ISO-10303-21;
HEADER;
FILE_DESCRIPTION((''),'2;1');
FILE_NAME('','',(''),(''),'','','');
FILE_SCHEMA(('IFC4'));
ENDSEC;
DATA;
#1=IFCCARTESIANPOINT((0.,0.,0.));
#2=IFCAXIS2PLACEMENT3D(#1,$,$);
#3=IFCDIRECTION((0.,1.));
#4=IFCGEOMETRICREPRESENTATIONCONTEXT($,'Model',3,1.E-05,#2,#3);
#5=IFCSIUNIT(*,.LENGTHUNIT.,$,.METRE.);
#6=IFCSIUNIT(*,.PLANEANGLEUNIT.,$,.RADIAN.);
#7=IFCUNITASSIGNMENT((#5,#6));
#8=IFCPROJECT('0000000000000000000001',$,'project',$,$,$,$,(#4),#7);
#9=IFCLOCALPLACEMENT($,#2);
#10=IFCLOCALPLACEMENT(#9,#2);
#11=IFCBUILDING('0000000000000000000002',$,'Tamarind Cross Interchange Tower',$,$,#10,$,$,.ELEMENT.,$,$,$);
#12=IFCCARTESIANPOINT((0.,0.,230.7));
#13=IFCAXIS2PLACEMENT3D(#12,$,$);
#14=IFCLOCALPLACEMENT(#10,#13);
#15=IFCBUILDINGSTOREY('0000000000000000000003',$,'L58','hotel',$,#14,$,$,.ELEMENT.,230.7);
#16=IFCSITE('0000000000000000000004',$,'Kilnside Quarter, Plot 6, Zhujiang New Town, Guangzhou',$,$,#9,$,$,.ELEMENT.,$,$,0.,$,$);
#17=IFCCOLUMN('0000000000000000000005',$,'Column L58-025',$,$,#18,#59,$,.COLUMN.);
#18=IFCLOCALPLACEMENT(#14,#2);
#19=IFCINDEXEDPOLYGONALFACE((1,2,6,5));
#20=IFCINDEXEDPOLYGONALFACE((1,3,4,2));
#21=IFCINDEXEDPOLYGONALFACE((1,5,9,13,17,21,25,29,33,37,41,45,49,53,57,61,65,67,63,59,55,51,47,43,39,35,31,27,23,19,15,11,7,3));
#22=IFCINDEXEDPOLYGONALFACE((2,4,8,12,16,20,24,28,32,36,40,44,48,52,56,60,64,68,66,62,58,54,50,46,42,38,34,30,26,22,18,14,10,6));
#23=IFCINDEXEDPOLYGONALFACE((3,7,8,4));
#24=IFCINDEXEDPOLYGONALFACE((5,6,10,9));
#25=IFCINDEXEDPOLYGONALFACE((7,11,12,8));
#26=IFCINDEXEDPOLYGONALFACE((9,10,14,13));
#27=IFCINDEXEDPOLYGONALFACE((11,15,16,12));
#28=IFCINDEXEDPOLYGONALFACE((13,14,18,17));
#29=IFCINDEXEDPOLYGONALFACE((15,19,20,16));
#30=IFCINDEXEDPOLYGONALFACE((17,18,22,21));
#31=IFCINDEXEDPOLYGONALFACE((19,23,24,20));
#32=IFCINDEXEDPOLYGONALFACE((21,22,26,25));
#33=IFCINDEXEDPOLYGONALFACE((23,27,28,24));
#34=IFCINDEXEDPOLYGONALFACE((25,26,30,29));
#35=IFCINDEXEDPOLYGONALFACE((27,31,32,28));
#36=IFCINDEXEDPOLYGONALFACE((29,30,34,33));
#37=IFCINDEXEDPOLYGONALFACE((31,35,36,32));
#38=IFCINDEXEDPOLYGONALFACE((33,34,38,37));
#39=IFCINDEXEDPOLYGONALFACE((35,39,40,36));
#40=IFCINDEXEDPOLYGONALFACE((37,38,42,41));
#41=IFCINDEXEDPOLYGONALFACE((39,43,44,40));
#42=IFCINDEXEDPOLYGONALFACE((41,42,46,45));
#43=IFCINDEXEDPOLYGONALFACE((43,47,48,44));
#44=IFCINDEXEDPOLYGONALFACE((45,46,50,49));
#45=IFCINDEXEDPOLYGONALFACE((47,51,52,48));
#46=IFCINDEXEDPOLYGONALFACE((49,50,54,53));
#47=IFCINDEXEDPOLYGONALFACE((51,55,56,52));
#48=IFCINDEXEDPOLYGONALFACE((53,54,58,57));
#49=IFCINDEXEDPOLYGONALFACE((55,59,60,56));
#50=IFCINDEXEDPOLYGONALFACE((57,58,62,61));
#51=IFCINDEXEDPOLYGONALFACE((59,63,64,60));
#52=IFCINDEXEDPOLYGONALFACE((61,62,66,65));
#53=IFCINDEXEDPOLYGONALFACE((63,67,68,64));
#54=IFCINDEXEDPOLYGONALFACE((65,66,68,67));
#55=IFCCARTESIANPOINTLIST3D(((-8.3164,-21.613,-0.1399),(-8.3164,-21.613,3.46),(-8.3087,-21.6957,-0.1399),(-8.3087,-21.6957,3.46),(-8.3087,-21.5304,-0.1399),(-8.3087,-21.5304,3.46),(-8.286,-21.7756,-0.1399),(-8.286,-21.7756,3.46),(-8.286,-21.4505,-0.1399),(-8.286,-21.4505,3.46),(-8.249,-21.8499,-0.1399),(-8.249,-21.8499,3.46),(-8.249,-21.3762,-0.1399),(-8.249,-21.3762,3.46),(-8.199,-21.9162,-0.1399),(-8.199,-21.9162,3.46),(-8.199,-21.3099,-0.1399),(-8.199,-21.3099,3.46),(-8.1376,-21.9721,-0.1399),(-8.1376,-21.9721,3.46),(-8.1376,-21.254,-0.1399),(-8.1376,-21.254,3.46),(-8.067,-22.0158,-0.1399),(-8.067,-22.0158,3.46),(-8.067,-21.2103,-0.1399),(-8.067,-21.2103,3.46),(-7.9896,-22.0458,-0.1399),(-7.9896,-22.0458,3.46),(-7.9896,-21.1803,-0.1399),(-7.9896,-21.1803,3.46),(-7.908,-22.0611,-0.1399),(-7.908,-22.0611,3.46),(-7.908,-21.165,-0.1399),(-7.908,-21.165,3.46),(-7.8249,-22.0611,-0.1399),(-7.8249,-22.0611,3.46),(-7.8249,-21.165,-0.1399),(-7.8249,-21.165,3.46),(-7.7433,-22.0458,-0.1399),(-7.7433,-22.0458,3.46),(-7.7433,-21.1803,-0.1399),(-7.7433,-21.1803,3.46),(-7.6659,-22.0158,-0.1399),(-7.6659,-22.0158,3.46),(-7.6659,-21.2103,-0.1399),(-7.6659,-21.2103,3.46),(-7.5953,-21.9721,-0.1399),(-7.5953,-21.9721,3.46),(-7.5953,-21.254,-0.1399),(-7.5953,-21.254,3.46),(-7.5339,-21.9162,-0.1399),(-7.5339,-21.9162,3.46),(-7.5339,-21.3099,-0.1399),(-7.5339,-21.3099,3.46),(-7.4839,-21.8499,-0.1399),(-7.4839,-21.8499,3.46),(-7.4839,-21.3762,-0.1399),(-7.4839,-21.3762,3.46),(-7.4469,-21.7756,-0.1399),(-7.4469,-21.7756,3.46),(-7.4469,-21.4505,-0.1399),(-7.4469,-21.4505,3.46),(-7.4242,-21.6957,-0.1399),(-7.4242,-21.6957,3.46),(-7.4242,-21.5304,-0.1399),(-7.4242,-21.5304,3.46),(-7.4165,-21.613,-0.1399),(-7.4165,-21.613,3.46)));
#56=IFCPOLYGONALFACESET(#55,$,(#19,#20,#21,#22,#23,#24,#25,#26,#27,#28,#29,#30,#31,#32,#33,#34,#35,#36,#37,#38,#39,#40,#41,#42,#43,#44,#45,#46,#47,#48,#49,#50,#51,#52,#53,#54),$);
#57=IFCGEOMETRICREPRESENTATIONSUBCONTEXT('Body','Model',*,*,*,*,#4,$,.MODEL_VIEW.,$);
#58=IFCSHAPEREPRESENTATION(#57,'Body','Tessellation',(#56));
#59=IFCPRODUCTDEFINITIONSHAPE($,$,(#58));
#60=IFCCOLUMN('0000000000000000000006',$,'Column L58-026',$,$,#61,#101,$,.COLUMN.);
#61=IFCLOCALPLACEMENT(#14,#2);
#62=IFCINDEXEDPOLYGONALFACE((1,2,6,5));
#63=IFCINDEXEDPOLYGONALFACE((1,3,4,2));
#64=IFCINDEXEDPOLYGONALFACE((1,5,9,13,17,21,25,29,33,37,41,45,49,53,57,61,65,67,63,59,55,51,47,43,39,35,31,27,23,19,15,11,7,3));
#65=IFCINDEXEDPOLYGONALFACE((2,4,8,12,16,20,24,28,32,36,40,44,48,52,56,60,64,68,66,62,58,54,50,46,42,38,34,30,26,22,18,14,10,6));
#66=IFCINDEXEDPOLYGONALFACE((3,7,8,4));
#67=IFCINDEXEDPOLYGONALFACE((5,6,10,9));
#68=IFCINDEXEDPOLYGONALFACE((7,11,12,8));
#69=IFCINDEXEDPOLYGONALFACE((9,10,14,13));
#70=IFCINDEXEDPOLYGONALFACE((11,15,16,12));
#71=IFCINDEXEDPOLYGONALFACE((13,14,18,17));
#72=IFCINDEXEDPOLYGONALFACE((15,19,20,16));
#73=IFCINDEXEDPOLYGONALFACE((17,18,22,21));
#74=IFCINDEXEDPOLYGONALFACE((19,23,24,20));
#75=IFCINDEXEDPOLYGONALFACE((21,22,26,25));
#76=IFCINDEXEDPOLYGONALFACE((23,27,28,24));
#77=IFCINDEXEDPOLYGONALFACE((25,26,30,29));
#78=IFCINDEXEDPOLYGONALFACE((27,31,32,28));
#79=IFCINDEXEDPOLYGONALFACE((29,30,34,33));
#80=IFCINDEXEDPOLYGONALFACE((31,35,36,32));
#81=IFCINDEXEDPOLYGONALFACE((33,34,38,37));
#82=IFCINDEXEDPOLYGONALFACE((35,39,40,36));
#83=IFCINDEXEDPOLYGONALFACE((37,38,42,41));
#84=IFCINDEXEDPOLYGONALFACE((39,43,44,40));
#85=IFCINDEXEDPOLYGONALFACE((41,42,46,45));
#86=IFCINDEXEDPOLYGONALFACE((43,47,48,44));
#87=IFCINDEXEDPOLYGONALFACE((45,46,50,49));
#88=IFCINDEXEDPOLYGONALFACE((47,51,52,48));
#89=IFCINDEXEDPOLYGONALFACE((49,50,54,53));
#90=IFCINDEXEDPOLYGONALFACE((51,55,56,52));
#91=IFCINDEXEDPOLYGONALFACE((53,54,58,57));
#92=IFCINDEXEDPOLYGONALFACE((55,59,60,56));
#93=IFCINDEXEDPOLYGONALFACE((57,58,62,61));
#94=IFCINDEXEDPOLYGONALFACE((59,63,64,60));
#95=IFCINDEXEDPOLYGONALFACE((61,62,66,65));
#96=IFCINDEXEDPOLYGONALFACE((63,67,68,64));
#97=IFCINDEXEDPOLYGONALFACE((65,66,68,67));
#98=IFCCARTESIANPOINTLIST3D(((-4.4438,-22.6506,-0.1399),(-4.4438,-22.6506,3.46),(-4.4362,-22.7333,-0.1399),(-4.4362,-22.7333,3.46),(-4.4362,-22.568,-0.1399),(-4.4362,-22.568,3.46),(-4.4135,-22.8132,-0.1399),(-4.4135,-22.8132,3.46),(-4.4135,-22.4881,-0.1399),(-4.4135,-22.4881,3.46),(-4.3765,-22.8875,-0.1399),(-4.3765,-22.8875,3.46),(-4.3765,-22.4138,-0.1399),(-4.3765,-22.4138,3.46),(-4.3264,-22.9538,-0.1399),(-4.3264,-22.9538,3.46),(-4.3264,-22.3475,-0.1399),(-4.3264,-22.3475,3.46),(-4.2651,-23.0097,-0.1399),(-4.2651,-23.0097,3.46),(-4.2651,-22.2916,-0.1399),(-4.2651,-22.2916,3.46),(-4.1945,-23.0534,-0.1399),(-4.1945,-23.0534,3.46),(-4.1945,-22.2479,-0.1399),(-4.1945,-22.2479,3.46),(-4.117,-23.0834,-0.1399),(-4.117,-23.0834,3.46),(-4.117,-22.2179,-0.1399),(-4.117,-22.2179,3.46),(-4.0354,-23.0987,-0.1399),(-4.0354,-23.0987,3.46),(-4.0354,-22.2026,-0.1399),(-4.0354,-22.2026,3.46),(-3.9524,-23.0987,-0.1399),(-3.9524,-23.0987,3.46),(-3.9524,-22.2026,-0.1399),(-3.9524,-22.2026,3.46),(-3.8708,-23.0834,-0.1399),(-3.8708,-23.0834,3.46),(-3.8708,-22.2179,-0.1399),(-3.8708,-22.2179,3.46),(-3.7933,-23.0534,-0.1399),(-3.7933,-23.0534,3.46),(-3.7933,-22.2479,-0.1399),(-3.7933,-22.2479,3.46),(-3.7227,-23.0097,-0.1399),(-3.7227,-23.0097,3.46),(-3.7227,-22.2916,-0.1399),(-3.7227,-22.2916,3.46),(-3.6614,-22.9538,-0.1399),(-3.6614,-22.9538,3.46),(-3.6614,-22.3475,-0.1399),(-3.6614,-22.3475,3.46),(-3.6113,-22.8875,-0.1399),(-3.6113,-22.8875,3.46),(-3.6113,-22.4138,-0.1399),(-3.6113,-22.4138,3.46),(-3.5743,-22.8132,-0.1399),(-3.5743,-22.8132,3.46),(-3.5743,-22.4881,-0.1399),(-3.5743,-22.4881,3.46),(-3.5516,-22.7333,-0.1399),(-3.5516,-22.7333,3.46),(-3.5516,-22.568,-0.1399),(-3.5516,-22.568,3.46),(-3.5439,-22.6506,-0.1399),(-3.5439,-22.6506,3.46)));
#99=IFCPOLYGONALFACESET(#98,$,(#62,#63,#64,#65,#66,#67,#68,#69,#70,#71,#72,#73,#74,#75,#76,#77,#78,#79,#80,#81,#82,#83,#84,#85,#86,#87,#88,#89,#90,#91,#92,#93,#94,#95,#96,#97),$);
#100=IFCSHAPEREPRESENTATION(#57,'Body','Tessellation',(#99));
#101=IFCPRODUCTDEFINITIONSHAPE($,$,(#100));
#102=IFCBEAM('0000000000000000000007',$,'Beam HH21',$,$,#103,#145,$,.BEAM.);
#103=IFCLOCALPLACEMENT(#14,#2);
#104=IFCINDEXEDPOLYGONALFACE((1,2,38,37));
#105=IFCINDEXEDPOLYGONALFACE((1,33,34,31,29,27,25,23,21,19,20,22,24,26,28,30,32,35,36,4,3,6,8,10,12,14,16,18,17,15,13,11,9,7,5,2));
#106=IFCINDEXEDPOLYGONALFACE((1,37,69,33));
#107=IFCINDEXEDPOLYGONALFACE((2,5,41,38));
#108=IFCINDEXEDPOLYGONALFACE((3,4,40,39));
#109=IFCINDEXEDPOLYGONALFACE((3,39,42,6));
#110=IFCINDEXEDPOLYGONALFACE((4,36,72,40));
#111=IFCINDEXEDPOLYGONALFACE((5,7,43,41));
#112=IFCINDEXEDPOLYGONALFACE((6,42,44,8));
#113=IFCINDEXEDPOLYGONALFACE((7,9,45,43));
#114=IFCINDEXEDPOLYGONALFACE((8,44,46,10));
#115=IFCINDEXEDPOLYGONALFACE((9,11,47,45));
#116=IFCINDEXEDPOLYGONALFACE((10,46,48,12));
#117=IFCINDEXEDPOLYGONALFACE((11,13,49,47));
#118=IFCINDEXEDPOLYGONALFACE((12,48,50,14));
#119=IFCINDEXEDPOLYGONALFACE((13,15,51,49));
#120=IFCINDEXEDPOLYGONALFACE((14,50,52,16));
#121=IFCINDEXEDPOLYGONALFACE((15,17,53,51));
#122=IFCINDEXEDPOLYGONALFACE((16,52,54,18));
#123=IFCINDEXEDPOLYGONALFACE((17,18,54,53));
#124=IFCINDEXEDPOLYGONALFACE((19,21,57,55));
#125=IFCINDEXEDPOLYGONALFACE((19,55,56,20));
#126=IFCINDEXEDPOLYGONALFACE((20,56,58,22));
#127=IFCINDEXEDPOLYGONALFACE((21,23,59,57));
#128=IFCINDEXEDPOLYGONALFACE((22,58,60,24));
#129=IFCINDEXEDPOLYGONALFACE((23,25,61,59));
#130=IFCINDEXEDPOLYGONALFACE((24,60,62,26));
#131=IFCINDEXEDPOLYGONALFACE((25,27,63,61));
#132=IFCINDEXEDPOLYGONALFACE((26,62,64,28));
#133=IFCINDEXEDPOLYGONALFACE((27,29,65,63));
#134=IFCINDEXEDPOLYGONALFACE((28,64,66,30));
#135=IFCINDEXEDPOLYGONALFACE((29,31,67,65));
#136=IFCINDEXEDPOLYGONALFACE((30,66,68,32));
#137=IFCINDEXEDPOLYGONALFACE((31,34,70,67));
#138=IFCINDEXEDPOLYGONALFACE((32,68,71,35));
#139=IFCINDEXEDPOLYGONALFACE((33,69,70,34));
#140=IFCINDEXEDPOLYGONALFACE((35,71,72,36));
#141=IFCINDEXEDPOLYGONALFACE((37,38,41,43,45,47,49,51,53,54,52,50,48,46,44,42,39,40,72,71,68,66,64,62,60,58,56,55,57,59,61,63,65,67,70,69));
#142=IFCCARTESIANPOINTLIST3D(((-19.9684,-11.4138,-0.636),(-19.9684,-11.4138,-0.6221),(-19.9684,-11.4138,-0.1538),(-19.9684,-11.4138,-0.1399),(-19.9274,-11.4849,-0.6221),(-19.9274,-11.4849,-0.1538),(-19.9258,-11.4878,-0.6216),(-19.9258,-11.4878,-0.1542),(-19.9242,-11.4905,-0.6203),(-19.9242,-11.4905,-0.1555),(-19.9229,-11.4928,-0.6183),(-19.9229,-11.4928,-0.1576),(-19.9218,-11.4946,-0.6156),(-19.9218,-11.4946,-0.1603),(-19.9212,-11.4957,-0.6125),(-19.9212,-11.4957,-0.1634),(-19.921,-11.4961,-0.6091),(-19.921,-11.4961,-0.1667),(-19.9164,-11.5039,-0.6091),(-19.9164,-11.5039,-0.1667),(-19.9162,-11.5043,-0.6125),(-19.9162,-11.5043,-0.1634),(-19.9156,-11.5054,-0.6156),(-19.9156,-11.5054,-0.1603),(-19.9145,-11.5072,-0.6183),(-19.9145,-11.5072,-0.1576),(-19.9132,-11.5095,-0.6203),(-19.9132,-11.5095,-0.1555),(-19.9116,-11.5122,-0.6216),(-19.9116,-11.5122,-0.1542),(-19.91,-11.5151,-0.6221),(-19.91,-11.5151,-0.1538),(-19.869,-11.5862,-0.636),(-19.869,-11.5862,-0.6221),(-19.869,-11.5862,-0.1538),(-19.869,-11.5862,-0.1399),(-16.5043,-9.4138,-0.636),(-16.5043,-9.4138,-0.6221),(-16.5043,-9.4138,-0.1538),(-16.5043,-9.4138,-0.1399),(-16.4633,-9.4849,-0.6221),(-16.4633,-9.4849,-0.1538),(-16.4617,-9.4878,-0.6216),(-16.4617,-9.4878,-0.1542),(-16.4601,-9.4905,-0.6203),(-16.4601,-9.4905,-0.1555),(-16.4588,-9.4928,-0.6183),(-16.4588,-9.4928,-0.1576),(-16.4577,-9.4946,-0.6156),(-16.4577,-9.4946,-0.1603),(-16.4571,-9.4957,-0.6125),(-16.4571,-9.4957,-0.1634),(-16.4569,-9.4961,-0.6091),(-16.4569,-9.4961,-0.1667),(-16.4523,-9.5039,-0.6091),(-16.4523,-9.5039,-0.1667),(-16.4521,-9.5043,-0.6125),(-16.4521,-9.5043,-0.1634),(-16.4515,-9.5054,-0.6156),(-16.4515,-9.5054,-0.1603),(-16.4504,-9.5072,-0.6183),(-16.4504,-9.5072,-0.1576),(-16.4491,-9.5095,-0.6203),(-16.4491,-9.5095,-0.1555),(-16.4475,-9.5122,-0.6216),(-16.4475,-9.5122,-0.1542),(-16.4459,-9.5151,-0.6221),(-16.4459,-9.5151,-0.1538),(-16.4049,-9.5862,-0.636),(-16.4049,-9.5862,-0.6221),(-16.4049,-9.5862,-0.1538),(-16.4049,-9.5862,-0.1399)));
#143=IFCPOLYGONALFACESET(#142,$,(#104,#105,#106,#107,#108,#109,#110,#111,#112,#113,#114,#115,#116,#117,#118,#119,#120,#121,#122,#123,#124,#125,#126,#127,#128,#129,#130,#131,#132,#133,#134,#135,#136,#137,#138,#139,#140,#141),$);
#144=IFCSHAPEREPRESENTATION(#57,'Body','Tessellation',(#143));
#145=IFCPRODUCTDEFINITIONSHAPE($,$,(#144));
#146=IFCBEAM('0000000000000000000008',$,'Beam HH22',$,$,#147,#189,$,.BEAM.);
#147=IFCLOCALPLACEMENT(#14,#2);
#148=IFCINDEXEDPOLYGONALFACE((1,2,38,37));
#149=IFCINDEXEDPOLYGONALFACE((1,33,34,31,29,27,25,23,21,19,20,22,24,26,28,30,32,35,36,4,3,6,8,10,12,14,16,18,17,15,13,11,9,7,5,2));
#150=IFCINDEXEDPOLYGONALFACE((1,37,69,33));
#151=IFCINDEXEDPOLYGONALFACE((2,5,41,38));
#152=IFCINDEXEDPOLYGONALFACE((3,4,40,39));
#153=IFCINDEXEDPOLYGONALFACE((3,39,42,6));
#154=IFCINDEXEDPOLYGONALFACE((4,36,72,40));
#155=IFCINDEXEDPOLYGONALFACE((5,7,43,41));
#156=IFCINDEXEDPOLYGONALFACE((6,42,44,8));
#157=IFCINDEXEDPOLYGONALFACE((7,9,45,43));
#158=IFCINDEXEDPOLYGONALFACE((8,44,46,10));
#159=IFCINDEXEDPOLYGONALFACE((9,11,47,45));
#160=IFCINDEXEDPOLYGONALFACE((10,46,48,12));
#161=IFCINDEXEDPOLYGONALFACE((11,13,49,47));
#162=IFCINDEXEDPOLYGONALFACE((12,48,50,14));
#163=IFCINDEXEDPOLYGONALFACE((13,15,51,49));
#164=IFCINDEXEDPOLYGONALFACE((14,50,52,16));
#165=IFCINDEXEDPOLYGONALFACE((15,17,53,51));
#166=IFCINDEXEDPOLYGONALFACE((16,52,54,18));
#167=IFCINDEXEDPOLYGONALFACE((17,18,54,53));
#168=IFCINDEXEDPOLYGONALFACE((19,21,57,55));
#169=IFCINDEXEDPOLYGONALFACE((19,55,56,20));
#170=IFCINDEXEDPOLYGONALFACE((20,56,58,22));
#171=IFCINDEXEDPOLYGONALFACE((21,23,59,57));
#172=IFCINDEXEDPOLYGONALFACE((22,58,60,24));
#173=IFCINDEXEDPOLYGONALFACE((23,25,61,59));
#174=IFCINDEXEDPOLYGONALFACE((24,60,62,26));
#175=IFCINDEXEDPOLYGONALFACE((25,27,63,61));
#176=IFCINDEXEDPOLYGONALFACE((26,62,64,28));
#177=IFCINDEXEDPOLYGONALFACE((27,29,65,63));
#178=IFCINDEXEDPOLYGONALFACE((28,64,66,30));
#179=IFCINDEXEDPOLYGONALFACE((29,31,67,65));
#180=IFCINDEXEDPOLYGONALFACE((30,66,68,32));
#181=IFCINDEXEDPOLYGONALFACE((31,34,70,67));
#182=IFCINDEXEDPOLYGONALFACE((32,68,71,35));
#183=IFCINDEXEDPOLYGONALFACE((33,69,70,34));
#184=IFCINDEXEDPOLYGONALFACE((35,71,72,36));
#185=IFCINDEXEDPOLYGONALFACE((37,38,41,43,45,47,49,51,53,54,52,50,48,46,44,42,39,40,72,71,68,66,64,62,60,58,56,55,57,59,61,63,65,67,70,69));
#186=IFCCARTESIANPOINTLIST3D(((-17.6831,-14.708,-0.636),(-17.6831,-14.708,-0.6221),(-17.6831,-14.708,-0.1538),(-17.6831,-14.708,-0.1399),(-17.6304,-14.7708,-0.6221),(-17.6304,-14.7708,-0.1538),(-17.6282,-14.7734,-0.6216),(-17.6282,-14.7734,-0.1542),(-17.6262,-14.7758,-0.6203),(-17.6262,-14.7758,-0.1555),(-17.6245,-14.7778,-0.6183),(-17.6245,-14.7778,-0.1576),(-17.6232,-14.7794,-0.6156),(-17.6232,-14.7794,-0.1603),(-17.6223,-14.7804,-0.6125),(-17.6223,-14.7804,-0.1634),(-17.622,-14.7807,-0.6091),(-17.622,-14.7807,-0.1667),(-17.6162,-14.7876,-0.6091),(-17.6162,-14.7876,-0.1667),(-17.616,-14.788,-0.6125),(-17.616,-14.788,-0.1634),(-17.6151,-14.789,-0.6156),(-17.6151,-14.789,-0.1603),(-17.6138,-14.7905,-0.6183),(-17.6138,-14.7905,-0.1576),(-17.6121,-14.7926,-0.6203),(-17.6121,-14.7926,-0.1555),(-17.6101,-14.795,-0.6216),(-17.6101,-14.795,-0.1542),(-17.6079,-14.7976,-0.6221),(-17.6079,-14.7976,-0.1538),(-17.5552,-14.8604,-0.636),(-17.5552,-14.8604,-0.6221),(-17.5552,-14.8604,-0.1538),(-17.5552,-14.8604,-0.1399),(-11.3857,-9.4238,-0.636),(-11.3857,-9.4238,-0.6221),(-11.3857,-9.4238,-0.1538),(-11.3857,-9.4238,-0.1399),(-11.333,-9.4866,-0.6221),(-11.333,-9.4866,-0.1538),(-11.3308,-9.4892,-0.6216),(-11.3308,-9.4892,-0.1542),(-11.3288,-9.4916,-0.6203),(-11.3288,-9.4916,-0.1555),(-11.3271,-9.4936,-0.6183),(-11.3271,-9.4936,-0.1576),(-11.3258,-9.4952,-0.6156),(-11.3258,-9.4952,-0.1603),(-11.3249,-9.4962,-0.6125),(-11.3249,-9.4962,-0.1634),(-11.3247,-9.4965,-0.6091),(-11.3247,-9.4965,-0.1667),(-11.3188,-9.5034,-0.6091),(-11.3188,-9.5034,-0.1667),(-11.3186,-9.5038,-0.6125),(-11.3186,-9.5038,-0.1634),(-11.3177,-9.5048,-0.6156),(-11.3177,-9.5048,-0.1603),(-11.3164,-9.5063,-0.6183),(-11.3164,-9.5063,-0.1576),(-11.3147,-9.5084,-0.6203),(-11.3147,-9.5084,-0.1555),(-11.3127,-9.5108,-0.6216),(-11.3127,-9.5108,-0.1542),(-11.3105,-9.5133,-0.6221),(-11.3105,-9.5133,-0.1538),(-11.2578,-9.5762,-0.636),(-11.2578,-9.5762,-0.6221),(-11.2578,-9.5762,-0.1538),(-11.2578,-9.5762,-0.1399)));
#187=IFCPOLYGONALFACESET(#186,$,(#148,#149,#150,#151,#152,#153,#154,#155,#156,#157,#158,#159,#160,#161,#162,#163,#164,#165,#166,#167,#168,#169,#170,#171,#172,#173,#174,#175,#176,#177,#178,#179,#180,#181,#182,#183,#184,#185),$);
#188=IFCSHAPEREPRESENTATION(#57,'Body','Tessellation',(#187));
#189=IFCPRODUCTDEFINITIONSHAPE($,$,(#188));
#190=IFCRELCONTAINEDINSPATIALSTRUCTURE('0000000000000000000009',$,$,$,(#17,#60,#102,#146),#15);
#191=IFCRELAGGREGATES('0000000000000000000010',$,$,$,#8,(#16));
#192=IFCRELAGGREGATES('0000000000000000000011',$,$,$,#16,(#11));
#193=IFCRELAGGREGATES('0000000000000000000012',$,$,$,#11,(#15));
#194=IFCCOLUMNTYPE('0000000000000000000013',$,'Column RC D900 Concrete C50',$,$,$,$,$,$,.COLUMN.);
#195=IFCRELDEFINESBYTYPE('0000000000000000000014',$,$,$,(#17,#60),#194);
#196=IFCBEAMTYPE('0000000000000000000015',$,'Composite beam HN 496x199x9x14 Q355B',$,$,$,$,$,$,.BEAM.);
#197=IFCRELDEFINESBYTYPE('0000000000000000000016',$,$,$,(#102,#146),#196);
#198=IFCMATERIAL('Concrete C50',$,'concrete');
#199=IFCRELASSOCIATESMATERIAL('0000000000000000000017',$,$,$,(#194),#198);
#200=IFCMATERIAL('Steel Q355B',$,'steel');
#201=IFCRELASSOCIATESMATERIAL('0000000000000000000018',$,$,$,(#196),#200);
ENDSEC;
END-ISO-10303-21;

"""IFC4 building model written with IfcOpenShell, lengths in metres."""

from ifc_helpers import new_model, si_unit, direction, frame, origin, origin_2d, place, context, subcontext, project, spatial, circle, i_section, extrude, material, material_profile, profile_set, type_object, element, save


model = new_model("IFC4")

# Units and contexts
model_context = context("Model", 3, precision=1e-05, world=origin(), true_north=direction((0.0, 1.0)))
body_context = subcontext(model_context, "Body", "Model", "MODEL_VIEW")
ifc_project = project(units=[si_unit("LENGTHUNIT", "METRE"), si_unit("PLANEANGLEUNIT", "RADIAN")], contexts=[model_context])

# Site, building, storey
site_placement = place(None, origin())
site = spatial("IfcSite", under=ifc_project, at=site_placement, Name="Kilnside Quarter, Plot 6, Zhujiang New Town, Guangzhou", CompositionType="ELEMENT", RefElevation=0.0)
building_placement = place(site_placement, origin())
building = spatial("IfcBuilding", under=site, at=building_placement, Name="Tamarind Cross Interchange Tower", CompositionType="ELEMENT")
storey_placement = place(building_placement, frame((0.0, 0.0, 230.7)))
storey = spatial("IfcBuildingStorey", under=building, at=storey_placement, Name="L58", Description="hotel", CompositionType="ELEMENT", Elevation=230.7)

# Columns
ifc_material_1 = material(Name="Concrete C50", Category="concrete")
ifc_material_profile_1 = material_profile(ifc_material_1, circle(Radius=0.45, at=origin_2d()), Name="RC D900")
ifc_profile_set_1 = profile_set([ifc_material_profile_1], Name="Concrete C50")
column_type = type_object("IfcColumnType", Name="Column RC D900 Concrete C50", PredefinedType="COLUMN", material=ifc_profile_set_1)
for number, where, z_axis, x_axis, name in (
    (1, (-7.8665, -21.613, -0.1399), (0.0, 0.0, 1.0), (1.0, 0.0, 0.0), "Column L58-025"),
    (2, (-3.9939, -22.6506, -0.1399), (0.0, 0.0, 1.0), (1.0, 0.0, 0.0), "Column L58-026"),
):
    element("IfcColumn", number, at=place(storey_placement, frame(where, z_axis=z_axis, x_axis=x_axis)), inside=storey, type_object=column_type, Name=name, PredefinedType="COLUMN", context=body_context, shape_type="SweptSolid", body=[
        extrude(circle(Radius=0.45, at=origin_2d()), origin(), (0.0, 0.0, 1.0), 3.5999),
    ])

# Beams
ifc_material_2 = material(Name="Steel Q355B", Category="steel")
ifc_material_profile_2 = material_profile(ifc_material_2, i_section(OverallWidth=0.199, OverallDepth=0.4961, WebThickness=0.009, FlangeThickness=0.0139, FilletRadius=0.0129, at=origin_2d()), Name="HN 496x199x9x14")
ifc_profile_set_2 = profile_set([ifc_material_profile_2], Name="Steel Q355B")
beam_type = type_object("IfcBeamType", Name="Composite beam HN 496x199x9x14 Q355B", PredefinedType="BEAM", material=ifc_profile_set_2)
beam_1_placement = place(storey_placement, frame((-19.9187, -11.5, -0.3879), z_axis=(0.866026, 0.499999, 0.0), x_axis=(-0.499999, 0.866026, 0.0)))
element("IfcBeam", 3, at=beam_1_placement, inside=storey, type_object=beam_type, Name="Beam HH21", PredefinedType="BEAM", context=body_context, shape_type="SweptSolid", body=[
    extrude(i_section(OverallWidth=0.199, OverallDepth=0.4961, WebThickness=0.009, FlangeThickness=0.0139, FilletRadius=0.0129, at=origin_2d()), origin(), (0.0, 0.0, 1.0), 4.0),
])
beam_2_placement = place(storey_placement, frame((-17.6191, -14.7842, -0.3879), z_axis=(0.766041, 0.642792, 0.0), x_axis=(-0.642792, 0.766041, 0.0)))
element("IfcBeam", 4, at=beam_2_placement, inside=storey, type_object=beam_type, Name="Beam HH22", PredefinedType="BEAM", context=body_context, shape_type="SweptSolid", body=[
    extrude(i_section(OverallWidth=0.199, OverallDepth=0.4961, WebThickness=0.009, FlangeThickness=0.0139, FilletRadius=0.0129, at=origin_2d()), origin(), (0.0, 0.0, 1.0), 8.2207),
])

save(model, "model.ifc")
